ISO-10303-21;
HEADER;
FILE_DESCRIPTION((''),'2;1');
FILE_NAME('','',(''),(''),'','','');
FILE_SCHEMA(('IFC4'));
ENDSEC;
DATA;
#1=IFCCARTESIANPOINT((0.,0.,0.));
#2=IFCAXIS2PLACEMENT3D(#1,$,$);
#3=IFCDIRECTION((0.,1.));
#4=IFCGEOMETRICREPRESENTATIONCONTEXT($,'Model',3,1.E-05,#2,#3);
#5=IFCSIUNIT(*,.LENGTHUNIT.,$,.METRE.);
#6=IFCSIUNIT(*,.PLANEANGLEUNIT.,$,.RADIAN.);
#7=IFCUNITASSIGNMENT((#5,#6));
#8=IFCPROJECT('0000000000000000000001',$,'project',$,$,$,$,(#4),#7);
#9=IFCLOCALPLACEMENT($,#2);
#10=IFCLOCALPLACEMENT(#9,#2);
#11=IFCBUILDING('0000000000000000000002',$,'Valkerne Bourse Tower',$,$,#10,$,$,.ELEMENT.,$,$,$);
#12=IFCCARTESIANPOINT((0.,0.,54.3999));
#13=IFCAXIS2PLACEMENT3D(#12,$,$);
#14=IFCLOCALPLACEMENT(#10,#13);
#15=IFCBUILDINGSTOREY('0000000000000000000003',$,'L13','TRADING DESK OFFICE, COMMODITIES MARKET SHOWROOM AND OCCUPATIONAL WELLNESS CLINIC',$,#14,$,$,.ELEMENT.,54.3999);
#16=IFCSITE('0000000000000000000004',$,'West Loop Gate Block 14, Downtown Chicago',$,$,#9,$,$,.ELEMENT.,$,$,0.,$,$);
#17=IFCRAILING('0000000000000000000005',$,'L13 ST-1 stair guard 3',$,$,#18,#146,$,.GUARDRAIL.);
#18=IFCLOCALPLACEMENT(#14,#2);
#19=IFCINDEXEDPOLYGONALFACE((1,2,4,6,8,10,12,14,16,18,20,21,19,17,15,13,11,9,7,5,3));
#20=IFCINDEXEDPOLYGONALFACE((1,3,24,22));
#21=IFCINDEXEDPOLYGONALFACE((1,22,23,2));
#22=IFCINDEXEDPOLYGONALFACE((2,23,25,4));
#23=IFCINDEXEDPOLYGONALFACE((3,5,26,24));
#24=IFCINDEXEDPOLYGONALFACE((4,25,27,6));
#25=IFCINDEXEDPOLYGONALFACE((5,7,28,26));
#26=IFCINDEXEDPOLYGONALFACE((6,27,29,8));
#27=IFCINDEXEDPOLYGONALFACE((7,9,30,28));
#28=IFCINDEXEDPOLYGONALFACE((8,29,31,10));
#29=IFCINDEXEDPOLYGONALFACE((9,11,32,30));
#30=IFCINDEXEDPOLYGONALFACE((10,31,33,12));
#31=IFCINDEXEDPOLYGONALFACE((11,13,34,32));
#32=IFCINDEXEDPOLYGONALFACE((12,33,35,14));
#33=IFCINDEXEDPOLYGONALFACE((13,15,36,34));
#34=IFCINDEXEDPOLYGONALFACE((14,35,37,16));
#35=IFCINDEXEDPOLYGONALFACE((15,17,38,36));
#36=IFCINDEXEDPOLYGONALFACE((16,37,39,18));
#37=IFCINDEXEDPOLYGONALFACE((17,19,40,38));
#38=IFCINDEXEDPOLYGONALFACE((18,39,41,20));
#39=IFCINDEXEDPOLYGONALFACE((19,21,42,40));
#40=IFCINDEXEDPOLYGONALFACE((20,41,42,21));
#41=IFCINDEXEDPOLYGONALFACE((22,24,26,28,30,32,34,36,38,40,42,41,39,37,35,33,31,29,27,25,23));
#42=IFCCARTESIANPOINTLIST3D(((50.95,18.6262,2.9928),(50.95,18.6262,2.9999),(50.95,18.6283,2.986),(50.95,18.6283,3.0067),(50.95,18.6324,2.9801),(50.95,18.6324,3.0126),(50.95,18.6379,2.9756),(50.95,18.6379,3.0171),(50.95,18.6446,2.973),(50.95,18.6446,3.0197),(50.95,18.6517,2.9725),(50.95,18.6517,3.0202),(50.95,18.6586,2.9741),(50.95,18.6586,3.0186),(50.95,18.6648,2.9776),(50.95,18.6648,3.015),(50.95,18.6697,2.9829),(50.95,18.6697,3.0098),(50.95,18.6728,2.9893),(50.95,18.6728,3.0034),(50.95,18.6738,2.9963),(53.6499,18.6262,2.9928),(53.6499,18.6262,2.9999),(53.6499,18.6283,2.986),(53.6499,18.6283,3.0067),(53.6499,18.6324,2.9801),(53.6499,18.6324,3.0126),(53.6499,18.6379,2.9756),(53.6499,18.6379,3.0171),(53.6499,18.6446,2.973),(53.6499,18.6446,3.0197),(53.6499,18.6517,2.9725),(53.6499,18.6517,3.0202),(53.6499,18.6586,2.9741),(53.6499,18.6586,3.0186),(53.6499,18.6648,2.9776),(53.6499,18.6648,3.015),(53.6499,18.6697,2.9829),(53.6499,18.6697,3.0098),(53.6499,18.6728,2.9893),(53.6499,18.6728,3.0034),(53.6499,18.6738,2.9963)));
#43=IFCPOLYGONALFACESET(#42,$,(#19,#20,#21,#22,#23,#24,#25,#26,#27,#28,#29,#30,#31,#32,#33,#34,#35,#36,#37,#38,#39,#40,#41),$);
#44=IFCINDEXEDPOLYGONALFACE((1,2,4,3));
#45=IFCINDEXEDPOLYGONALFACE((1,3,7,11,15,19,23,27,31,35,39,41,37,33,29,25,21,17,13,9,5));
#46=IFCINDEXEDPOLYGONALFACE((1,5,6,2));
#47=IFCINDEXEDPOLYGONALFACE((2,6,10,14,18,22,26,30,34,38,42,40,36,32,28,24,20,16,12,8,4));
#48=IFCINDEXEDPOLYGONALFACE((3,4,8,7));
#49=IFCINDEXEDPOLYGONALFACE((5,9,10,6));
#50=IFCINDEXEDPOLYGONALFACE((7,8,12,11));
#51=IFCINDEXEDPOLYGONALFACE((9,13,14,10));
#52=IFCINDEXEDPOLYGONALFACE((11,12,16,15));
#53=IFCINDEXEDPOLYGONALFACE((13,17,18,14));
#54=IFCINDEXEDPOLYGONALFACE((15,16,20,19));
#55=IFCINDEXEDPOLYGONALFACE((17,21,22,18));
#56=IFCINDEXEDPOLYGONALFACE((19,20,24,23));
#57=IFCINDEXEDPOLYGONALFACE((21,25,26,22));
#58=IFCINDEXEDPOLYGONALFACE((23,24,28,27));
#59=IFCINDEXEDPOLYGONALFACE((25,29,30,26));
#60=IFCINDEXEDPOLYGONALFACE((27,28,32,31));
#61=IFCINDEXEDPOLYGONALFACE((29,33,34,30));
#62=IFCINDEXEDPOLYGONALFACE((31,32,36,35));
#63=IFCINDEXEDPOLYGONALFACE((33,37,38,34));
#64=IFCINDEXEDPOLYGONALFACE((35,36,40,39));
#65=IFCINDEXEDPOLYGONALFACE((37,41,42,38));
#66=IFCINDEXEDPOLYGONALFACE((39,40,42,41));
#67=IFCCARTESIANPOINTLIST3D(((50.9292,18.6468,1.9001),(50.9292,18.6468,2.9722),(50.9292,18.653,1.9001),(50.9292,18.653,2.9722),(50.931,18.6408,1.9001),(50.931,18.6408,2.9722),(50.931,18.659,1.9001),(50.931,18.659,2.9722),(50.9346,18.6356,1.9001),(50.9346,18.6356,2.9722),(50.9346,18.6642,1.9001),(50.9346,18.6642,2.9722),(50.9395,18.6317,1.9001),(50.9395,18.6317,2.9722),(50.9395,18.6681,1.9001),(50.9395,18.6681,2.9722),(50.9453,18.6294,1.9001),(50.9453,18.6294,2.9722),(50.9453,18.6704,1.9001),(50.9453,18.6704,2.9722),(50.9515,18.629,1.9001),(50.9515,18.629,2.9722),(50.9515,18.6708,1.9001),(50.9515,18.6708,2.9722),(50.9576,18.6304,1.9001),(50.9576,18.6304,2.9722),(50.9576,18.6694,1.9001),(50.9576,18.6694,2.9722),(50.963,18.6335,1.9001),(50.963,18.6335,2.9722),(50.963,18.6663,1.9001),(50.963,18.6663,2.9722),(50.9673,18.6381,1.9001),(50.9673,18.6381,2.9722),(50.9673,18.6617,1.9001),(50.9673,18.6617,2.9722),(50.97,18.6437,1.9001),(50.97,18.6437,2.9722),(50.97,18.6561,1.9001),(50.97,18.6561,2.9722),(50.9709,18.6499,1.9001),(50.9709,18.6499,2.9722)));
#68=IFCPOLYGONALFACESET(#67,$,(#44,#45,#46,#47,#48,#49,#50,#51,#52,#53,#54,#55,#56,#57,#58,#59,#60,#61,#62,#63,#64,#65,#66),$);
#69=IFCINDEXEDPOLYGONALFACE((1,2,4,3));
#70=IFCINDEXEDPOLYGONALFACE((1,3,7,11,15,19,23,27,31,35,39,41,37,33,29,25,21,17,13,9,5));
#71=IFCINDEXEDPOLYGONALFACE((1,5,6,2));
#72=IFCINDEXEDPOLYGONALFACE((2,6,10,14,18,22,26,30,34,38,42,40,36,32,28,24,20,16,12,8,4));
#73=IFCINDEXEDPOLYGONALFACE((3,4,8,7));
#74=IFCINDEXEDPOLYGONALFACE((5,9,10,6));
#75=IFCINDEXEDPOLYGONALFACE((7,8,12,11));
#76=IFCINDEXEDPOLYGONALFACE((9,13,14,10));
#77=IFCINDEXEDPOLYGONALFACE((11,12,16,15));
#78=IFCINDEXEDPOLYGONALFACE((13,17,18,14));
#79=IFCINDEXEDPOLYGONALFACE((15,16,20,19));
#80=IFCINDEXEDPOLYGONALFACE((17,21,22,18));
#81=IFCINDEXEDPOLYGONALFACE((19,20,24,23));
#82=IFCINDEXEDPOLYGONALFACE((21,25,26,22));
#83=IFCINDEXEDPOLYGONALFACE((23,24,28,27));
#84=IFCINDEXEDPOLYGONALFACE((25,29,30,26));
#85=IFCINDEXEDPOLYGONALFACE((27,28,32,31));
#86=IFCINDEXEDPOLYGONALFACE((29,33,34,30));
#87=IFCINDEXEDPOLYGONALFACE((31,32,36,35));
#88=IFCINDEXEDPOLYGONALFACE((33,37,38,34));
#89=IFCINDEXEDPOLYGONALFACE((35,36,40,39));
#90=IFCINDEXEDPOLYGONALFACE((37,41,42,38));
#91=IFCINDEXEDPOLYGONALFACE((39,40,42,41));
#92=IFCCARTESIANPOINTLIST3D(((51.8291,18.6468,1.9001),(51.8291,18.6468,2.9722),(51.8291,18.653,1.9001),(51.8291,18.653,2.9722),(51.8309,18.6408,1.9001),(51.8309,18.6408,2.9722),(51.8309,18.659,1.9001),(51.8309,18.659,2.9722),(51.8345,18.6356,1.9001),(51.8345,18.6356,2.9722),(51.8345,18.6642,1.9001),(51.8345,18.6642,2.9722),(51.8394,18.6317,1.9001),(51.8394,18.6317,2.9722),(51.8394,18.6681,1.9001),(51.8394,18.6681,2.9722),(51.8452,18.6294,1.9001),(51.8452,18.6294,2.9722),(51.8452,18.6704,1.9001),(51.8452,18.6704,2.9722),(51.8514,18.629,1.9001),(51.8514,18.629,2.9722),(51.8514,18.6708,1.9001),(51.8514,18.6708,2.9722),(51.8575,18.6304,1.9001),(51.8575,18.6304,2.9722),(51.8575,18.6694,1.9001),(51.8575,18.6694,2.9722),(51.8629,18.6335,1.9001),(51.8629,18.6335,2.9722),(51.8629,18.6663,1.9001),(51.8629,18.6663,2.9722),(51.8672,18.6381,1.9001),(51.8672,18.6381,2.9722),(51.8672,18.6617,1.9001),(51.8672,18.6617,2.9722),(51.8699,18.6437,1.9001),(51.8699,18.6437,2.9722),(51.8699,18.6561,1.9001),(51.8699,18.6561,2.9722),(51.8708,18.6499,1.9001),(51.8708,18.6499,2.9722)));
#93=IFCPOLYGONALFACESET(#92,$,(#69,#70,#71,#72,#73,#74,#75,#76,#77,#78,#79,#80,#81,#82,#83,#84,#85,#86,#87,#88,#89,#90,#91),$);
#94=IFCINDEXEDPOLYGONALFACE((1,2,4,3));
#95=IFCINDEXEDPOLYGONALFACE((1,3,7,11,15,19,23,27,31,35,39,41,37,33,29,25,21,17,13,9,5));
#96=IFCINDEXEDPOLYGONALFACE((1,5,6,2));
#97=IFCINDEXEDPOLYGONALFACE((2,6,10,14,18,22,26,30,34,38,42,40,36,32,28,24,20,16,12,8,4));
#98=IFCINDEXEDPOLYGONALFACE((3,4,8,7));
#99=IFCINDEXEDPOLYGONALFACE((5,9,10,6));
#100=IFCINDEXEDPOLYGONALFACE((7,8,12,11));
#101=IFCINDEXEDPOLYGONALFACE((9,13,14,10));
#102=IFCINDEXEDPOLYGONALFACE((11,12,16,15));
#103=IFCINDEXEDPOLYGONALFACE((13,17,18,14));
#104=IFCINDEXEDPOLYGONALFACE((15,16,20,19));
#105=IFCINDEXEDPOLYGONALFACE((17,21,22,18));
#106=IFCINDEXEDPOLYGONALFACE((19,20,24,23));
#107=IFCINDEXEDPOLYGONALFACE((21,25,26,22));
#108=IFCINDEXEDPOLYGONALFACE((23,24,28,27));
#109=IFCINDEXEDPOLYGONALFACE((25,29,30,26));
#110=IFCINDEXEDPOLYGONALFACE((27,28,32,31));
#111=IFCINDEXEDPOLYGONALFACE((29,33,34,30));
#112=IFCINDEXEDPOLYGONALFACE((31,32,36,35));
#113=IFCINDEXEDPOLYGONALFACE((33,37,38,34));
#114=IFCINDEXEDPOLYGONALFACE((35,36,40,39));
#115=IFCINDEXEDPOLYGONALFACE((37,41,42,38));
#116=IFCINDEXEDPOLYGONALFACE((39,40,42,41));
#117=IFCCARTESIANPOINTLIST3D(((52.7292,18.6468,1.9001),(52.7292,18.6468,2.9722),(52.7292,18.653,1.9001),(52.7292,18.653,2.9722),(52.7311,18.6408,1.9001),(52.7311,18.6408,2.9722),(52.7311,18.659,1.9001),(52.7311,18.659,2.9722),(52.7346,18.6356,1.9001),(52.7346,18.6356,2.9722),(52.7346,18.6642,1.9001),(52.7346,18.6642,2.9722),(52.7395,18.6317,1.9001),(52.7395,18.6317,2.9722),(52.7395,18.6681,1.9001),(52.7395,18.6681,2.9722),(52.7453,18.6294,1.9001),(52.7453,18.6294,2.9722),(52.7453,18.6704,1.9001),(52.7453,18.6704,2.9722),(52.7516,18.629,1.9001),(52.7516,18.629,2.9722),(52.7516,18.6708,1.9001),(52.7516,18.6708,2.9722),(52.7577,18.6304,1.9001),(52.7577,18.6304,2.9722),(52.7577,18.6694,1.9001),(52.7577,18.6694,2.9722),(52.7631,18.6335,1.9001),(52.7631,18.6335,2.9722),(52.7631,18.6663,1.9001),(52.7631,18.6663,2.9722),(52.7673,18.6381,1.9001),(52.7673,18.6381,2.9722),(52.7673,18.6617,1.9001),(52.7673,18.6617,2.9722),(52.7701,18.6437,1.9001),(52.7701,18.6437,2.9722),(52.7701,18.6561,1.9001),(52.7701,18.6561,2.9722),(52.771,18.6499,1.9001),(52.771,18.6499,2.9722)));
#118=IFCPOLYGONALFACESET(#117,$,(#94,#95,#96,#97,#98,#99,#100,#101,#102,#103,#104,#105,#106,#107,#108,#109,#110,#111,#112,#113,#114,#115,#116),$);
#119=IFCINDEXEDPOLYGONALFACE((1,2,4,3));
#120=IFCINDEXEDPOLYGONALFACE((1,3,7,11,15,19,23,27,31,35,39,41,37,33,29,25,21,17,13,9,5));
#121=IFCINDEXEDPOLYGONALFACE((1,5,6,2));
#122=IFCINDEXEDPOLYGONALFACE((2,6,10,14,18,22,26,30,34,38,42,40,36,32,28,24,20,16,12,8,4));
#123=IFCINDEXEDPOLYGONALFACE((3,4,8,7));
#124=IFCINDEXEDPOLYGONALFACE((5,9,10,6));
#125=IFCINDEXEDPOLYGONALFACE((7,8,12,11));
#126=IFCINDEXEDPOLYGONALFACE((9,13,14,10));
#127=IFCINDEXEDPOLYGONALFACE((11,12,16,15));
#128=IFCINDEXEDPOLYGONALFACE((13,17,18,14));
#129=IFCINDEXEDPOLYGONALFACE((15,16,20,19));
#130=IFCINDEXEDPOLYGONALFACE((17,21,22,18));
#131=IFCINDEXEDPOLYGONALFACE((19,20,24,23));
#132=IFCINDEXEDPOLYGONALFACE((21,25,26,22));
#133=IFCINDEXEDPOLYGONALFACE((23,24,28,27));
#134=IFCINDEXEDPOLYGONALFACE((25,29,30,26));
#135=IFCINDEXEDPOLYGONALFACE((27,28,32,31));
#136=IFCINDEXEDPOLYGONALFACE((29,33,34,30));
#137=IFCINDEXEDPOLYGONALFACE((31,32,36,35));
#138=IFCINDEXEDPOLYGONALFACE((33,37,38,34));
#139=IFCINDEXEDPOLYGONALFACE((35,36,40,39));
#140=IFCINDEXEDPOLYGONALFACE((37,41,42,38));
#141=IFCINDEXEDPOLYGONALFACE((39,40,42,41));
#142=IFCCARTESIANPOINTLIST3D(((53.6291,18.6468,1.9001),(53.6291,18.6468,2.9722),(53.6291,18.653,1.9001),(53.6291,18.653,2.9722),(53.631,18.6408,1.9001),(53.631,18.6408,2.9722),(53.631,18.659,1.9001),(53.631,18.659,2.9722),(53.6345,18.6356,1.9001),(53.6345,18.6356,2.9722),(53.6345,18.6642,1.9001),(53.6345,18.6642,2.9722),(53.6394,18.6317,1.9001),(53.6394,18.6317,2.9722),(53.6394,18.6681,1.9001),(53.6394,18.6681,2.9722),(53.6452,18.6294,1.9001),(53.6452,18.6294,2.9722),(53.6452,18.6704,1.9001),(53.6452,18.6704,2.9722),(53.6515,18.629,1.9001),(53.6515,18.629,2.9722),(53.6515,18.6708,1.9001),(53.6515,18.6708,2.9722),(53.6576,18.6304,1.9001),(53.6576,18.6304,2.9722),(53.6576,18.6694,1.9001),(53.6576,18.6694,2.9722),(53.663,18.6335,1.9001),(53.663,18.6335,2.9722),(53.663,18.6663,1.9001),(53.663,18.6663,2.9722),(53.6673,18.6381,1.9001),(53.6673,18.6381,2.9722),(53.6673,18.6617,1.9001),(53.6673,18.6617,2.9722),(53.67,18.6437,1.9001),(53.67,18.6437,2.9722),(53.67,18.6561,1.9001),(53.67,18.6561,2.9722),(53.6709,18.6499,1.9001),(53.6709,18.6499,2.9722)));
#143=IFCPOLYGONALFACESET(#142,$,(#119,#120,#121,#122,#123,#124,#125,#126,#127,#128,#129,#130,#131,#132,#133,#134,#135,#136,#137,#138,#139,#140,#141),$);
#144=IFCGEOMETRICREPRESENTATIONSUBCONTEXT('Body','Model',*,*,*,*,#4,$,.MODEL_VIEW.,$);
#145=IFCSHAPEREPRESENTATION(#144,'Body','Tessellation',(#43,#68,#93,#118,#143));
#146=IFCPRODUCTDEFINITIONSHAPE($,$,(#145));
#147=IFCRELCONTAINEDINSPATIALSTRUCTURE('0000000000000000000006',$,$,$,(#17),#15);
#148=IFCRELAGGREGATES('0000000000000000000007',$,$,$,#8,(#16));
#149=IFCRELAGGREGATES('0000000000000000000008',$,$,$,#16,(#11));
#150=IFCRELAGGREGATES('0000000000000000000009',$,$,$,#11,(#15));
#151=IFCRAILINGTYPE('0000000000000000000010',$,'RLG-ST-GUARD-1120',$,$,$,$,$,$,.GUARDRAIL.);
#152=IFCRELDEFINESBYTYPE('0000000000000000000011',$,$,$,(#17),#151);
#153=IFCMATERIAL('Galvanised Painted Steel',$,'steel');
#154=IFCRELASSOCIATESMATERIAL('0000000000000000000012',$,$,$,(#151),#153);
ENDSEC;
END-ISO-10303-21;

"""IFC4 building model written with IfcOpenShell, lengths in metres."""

from ifc_helpers import new_model, si_unit, direction, frame, origin, origin_2d, place, context, subcontext, project, spatial, circle, extrude, material, type_object, element, save


model = new_model("IFC4")

# Units and contexts
model_context = context("Model", 3, precision=1e-05, world=origin(), true_north=direction((0.0, 1.0)))
body_context = subcontext(model_context, "Body", "Model", "MODEL_VIEW")
ifc_project = project(units=[si_unit("LENGTHUNIT", "METRE"), si_unit("PLANEANGLEUNIT", "RADIAN")], contexts=[model_context])

# Site, building, storey
site_placement = place(None, origin())
site = spatial("IfcSite", under=ifc_project, at=site_placement, Name="West Loop Gate Block 14, Downtown Chicago", CompositionType="ELEMENT", RefElevation=0.0)
building_placement = place(site_placement, origin())
building = spatial("IfcBuilding", under=site, at=building_placement, Name="Valkerne Bourse Tower", CompositionType="ELEMENT")
storey_placement = place(building_placement, frame((0.0, 0.0, 54.3999)))
storey = spatial("IfcBuildingStorey", under=building, at=storey_placement, Name="L13", Description="TRADING DESK OFFICE, COMMODITIES MARKET SHOWROOM AND OCCUPATIONAL WELLNESS CLINIC", CompositionType="ELEMENT", Elevation=54.3999)

# Shared definitions
ifc_material_1 = material(Name="Galvanised Painted Steel", Category="steel")

# Railing
railing_type_1 = type_object("IfcRailingType", Name="RLG-ST-GUARD-1120", PredefinedType="GUARDRAIL", material=ifc_material_1)
for number, where, name in (
    (1, (50.95, 18.6499, 1.9001), "L13 ST-1 stair guard 3"),
):
    element("IfcRailing", number, at=place(storey_placement, frame(where)), inside=storey, type_object=railing_type_1, Name=name, PredefinedType="GUARDRAIL", context=body_context, shape_type="SweptSolid", body=[
        extrude(circle(Radius=0.0239, at=origin_2d()), frame((0.0, 0.0, 1.0962), z_axis=(1.0, 0.0, 0.0), x_axis=(0.0, 1.0, 0.0)), (0.0, 0.0, 1.0), 2.7),
        extrude(circle(Radius=0.021, at=origin_2d()), origin(), (0.0, 0.0, 1.0), 1.072),
        extrude(circle(Radius=0.021, at=origin_2d()), frame((0.8999, 0.0, 0.0)), (0.0, 0.0, 1.0), 1.072),
        extrude(circle(Radius=0.021, at=origin_2d()), frame((1.8, 0.0, 0.0)), (0.0, 0.0, 1.0), 1.072),
        extrude(circle(Radius=0.021, at=origin_2d()), frame((2.7, 0.0, 0.0)), (0.0, 0.0, 1.0), 1.072),
    ])

save(model, "model.ifc")
